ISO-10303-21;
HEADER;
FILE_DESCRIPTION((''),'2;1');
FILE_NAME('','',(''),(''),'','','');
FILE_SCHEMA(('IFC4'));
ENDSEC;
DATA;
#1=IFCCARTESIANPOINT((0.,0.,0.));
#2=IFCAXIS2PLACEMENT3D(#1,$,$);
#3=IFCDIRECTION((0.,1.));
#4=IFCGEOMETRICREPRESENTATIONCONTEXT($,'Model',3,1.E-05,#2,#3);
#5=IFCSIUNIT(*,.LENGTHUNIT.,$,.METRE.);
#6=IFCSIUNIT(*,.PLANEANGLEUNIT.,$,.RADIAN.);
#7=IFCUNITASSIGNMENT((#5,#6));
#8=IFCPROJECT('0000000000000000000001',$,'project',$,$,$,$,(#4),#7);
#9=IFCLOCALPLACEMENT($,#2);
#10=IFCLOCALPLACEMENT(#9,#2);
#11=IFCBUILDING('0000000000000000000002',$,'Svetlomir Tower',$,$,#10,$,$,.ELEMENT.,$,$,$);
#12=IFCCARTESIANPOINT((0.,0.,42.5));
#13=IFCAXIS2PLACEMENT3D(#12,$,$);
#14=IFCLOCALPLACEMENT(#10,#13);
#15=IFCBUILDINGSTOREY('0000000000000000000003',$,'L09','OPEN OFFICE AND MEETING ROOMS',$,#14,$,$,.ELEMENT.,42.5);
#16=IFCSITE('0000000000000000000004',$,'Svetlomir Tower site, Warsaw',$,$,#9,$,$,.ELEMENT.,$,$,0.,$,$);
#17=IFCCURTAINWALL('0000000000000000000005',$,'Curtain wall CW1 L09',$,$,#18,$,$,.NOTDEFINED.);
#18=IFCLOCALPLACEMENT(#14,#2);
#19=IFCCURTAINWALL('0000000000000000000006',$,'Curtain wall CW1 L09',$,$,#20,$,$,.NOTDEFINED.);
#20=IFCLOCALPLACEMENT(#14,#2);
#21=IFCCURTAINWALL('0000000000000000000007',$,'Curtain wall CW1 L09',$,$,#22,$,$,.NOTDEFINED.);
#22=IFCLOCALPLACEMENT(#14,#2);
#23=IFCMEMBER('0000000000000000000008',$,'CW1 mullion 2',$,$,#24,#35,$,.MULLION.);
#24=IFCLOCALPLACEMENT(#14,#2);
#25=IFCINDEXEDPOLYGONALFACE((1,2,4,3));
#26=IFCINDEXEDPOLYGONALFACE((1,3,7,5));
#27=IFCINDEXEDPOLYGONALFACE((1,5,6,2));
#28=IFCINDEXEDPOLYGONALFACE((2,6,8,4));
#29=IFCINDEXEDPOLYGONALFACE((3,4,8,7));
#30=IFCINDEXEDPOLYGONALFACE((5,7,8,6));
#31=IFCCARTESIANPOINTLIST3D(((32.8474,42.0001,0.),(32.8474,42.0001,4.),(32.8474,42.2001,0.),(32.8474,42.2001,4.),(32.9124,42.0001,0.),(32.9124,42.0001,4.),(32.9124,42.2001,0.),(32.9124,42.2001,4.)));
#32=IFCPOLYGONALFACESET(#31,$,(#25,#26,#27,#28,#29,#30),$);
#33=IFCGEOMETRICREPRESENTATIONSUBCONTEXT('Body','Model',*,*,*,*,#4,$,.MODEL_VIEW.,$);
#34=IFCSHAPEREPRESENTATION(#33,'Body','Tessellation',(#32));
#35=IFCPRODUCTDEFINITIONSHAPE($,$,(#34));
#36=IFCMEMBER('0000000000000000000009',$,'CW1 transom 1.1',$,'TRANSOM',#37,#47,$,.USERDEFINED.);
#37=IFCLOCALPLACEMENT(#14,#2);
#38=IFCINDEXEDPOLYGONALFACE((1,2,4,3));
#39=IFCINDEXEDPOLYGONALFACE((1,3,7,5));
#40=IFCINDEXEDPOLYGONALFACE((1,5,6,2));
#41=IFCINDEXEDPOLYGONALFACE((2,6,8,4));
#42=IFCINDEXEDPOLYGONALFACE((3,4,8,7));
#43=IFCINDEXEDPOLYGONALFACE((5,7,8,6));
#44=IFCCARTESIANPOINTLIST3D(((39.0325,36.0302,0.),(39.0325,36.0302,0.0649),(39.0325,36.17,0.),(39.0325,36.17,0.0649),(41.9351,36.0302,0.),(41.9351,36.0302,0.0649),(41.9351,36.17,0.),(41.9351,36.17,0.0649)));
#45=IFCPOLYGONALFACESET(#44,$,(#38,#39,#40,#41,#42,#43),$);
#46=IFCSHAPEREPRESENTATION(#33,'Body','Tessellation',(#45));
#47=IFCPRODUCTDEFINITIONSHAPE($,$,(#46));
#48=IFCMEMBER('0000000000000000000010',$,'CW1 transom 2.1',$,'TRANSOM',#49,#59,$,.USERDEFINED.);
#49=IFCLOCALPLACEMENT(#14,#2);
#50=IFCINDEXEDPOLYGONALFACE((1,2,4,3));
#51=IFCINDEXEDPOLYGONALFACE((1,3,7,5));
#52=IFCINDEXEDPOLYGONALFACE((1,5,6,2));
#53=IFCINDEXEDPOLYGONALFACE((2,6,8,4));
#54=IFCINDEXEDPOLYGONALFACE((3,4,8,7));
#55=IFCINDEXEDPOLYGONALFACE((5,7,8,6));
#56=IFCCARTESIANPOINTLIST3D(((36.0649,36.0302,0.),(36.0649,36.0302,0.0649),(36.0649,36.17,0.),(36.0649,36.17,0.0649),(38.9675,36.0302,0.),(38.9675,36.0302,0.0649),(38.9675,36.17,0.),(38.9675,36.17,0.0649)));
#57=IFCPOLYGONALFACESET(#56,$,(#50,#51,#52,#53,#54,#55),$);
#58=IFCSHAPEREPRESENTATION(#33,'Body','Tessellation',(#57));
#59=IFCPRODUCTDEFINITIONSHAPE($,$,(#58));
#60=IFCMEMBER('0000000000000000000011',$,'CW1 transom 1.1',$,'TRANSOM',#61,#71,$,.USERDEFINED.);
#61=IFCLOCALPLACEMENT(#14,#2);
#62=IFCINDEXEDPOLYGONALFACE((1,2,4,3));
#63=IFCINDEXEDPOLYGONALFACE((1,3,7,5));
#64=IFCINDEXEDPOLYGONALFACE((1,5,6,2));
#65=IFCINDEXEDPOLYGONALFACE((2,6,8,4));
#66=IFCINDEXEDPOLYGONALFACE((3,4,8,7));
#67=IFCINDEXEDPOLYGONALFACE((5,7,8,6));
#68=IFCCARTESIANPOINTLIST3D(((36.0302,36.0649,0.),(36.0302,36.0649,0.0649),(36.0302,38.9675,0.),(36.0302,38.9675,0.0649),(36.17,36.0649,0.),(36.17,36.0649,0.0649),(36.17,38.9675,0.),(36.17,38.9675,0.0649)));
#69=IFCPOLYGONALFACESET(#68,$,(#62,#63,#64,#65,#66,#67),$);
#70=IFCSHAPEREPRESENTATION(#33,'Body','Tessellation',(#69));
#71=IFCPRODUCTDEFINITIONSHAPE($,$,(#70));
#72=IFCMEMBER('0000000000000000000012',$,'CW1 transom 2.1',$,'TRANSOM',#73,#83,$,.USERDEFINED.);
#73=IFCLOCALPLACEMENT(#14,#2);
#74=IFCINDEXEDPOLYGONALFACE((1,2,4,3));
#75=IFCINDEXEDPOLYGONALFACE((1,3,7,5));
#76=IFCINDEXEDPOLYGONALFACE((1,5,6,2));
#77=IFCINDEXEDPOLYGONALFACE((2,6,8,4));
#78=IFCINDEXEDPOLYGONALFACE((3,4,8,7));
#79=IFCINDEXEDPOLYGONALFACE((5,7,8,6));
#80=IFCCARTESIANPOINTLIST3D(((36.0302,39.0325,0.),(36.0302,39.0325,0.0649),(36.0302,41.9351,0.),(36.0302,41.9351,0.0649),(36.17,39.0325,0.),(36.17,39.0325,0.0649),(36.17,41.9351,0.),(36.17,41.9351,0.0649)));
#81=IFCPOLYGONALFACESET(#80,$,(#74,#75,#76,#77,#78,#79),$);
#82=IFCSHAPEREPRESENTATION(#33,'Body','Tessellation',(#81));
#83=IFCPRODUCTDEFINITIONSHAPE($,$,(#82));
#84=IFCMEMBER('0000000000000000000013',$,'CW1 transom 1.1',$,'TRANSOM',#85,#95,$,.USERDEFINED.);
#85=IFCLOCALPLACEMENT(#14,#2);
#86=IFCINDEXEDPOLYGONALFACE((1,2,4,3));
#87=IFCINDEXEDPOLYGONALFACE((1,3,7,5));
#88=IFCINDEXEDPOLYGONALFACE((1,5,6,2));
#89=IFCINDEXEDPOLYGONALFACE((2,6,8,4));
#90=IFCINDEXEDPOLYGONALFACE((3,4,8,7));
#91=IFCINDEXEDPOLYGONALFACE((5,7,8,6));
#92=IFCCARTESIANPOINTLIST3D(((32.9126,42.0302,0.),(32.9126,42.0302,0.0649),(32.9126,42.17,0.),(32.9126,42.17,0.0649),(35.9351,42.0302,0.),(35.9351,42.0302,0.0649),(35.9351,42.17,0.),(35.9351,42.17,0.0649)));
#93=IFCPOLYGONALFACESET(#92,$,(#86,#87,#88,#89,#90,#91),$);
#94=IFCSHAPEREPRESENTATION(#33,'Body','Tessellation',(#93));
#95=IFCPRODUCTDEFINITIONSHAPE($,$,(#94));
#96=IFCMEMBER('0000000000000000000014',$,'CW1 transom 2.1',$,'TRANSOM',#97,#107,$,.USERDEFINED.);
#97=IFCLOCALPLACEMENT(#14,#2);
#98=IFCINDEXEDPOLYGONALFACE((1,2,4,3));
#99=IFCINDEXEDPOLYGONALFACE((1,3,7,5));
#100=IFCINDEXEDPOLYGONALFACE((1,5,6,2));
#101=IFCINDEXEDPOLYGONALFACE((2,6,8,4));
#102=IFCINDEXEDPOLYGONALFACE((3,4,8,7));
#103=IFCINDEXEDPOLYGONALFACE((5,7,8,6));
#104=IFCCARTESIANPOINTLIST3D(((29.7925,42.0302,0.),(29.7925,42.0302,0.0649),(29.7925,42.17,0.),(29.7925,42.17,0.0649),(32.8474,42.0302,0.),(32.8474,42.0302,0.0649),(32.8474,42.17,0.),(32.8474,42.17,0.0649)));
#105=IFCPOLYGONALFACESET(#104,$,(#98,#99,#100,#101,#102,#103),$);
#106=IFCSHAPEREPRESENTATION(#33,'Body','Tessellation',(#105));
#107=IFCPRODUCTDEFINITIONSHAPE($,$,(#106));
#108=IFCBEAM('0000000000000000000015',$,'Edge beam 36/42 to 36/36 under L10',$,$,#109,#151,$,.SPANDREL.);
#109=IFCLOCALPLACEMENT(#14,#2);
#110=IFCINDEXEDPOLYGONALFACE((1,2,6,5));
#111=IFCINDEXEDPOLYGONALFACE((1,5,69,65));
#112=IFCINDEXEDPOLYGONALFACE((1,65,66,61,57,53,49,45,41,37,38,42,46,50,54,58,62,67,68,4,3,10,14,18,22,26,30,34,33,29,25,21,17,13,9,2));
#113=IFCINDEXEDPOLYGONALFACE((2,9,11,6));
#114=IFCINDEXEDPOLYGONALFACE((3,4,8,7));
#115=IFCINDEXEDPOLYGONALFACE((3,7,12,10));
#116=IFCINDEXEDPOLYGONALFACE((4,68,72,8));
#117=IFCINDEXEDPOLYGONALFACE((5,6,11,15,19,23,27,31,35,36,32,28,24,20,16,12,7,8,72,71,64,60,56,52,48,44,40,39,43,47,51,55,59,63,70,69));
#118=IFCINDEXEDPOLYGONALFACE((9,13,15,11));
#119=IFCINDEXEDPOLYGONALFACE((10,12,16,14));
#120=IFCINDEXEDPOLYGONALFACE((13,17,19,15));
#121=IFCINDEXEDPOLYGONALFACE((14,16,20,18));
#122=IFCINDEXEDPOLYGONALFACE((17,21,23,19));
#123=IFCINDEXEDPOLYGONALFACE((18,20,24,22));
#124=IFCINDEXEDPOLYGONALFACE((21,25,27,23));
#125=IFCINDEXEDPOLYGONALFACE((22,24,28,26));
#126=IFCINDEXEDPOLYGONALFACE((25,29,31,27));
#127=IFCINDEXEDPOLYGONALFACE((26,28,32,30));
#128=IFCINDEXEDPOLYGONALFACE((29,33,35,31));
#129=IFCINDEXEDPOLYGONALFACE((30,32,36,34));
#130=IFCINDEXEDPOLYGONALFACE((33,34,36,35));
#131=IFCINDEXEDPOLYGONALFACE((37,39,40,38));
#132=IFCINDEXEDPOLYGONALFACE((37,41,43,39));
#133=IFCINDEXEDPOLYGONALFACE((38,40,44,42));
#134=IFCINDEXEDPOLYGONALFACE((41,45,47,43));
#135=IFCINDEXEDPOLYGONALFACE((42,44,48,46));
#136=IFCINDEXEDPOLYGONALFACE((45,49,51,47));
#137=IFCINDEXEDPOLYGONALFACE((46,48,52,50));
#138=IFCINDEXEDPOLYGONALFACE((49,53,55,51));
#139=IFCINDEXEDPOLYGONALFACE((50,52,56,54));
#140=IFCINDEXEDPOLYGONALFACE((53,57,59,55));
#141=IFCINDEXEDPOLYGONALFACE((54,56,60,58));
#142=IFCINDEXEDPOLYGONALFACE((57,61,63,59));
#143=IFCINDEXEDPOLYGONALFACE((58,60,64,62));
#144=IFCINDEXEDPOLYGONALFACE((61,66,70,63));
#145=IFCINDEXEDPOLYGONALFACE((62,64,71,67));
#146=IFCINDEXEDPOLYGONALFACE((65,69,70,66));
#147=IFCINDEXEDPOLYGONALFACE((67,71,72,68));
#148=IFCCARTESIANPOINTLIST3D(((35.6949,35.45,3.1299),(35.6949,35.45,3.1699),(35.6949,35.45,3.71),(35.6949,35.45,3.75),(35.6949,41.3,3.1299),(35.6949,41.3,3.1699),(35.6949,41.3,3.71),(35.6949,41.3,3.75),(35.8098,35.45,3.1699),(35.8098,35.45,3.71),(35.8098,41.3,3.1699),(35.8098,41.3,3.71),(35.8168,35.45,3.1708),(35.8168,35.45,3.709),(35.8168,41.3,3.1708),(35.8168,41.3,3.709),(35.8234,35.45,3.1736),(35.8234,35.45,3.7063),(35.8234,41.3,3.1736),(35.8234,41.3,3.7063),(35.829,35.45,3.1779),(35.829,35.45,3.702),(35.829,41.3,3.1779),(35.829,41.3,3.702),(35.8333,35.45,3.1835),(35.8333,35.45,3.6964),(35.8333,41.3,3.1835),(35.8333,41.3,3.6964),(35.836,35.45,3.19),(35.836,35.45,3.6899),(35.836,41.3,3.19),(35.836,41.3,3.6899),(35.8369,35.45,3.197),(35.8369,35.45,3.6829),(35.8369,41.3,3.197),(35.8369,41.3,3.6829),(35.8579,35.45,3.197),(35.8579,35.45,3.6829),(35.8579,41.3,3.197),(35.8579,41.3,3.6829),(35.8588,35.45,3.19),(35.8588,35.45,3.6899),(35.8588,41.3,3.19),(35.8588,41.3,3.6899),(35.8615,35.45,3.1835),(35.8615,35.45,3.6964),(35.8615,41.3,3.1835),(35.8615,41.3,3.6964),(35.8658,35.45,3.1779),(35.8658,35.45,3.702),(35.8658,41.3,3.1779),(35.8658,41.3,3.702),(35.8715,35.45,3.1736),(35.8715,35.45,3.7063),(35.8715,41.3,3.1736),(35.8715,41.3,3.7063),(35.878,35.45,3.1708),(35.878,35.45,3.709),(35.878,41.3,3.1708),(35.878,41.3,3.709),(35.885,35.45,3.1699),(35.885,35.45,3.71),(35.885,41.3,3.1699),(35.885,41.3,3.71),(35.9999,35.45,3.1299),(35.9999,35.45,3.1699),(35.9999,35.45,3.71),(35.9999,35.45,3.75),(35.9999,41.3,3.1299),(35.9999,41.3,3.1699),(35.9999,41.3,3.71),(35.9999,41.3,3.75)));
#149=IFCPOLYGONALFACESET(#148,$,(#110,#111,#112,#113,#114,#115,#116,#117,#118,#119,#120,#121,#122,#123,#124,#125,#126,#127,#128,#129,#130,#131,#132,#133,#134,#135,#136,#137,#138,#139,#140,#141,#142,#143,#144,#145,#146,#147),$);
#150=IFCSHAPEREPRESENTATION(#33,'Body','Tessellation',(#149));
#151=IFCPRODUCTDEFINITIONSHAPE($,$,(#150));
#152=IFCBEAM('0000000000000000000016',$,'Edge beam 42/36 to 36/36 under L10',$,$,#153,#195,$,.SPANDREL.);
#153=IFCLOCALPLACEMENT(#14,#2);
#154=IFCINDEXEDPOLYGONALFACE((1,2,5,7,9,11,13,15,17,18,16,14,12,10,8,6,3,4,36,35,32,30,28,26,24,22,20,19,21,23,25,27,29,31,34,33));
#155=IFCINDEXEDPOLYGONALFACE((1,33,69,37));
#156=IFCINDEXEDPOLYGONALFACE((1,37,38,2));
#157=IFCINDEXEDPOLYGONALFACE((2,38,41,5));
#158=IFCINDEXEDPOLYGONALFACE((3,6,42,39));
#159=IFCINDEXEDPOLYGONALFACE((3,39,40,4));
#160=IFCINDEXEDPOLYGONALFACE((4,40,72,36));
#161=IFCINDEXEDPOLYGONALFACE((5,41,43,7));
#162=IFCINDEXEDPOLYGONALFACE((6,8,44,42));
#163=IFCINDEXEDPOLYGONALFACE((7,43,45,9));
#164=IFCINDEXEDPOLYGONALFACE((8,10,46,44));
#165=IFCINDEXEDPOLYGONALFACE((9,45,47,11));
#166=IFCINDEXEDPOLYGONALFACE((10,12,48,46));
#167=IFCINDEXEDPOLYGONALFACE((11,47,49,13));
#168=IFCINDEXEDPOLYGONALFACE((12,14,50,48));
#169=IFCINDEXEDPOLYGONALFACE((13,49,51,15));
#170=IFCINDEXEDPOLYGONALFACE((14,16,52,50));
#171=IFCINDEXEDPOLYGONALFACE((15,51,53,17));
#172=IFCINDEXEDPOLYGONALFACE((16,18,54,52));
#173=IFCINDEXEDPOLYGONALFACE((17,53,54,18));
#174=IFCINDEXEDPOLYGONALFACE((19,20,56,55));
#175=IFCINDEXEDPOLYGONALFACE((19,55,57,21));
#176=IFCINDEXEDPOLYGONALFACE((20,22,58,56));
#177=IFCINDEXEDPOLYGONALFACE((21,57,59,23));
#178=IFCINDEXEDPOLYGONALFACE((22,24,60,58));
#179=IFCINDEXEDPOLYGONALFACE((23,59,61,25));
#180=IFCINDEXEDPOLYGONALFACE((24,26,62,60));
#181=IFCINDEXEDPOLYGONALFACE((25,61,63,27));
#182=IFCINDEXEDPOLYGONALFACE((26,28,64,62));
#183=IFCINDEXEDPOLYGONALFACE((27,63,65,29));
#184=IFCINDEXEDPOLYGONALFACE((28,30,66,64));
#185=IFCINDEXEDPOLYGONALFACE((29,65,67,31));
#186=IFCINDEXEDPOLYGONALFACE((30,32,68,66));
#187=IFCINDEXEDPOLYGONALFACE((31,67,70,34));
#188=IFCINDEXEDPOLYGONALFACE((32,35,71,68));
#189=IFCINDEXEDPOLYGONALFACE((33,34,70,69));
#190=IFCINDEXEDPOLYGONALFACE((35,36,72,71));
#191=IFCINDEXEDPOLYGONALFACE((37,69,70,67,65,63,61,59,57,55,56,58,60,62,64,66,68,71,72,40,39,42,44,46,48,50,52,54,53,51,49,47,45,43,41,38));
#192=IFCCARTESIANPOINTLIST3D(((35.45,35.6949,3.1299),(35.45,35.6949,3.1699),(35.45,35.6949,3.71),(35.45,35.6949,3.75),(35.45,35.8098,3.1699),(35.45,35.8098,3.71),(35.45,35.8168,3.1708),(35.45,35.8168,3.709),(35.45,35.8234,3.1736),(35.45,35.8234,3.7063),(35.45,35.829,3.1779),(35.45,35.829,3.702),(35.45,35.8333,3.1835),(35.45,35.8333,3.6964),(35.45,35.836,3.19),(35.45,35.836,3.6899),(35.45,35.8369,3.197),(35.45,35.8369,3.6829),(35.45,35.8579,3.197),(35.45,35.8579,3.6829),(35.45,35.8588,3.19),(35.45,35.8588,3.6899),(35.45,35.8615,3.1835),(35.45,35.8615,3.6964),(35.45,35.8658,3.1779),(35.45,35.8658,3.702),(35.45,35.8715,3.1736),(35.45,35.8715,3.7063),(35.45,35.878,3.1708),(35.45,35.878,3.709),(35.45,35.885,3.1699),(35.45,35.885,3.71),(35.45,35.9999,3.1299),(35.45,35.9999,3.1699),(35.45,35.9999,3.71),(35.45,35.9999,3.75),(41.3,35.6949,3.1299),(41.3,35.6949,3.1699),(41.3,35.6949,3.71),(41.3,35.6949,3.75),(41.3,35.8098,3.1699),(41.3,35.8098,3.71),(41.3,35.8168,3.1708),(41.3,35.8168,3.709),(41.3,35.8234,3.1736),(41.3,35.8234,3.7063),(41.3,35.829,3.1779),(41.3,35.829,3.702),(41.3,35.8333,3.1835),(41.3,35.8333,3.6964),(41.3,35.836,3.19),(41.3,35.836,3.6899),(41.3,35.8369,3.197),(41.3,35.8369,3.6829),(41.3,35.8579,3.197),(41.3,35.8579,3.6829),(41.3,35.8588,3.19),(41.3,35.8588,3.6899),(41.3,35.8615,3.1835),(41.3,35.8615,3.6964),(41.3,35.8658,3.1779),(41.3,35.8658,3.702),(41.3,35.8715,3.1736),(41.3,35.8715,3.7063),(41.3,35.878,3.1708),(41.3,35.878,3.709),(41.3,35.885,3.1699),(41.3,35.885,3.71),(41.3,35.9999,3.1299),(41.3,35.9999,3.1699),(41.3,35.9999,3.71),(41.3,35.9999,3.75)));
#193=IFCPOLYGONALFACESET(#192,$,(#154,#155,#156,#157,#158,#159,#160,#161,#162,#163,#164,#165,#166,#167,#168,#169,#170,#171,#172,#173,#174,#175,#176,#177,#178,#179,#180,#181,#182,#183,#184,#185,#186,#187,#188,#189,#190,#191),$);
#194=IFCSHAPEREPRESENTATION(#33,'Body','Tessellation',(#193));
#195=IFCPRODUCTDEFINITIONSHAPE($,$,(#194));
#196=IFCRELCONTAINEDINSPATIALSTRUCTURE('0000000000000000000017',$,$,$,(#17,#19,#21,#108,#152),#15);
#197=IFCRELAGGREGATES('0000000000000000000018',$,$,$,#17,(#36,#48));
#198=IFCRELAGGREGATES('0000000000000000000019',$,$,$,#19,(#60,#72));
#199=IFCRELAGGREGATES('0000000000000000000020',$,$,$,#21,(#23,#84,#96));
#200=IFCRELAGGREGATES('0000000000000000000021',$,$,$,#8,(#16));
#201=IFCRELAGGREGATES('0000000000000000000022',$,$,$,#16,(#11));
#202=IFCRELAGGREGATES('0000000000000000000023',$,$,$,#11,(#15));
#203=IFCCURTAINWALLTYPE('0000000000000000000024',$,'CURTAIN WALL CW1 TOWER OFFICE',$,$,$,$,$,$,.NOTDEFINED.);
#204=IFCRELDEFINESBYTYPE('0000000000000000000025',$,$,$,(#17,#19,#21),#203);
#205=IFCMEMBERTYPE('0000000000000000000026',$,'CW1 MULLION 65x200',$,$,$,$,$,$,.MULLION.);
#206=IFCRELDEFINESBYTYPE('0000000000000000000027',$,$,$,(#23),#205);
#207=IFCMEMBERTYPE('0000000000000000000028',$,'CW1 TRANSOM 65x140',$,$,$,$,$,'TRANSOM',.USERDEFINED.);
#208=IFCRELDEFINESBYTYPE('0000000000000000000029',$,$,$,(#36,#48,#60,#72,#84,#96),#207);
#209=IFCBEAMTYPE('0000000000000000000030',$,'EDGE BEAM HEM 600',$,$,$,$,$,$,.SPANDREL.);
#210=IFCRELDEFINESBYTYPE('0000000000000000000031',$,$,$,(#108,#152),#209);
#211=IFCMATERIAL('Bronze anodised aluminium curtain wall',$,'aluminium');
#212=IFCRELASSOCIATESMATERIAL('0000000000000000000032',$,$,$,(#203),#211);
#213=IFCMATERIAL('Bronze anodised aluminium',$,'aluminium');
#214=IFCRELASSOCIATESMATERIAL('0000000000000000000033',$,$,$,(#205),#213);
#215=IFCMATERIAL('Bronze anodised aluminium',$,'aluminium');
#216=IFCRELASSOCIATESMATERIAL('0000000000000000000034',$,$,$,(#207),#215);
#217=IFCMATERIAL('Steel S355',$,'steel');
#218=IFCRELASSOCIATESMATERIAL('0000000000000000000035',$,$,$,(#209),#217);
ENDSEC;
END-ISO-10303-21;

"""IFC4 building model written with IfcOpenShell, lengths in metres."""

from ifc_helpers import new_model, si_unit, direction, frame, origin, origin_2d, place, context, subcontext, project, spatial, rectangle, i_section, extrude, material, material_profile, profile_set, type_object, element, aggregate, save


model = new_model("IFC4")

# Units and contexts
model_context = context("Model", 3, precision=1e-05, world=origin(), true_north=direction((0.0, 1.0)))
body_context = subcontext(model_context, "Body", "Model", "MODEL_VIEW")
ifc_project = project(units=[si_unit("LENGTHUNIT", "METRE"), si_unit("PLANEANGLEUNIT", "RADIAN")], contexts=[model_context])

# Site, building, storey
site_placement = place(None, origin())
site = spatial("IfcSite", under=ifc_project, at=site_placement, Name="Svetlomir Tower site, Warsaw", CompositionType="ELEMENT", RefElevation=0.0)
building_placement = place(site_placement, origin())
building = spatial("IfcBuilding", under=site, at=building_placement, Name="Svetlomir Tower", CompositionType="ELEMENT")
storey_placement = place(building_placement, frame((0.0, 0.0, 42.5)))
storey = spatial("IfcBuildingStorey", under=building, at=storey_placement, Name="L09", Description="OPEN OFFICE AND MEETING ROOMS", CompositionType="ELEMENT", Elevation=42.5)

# Curtain walls
ifc_material_1 = material(Name="Bronze anodised aluminium curtain wall", Category="aluminium")
curtain_wall_type = type_object("IfcCurtainWallType", Name="CURTAIN WALL CW1 TOWER OFFICE", PredefinedType="NOTDEFINED", material=ifc_material_1)
curtain_wall_1_placement = place(storey_placement, origin())
curtain_wall_1 = element("IfcCurtainWall", 1, at=curtain_wall_1_placement, inside=storey, type_object=curtain_wall_type, Name="Curtain wall CW1 L09", PredefinedType="NOTDEFINED")
curtain_wall_2_placement = place(storey_placement, origin())
curtain_wall_2 = element("IfcCurtainWall", 2, at=curtain_wall_2_placement, inside=storey, type_object=curtain_wall_type, Name="Curtain wall CW1 L09", PredefinedType="NOTDEFINED")
curtain_wall_3_placement = place(storey_placement, origin())
curtain_wall_3 = element("IfcCurtainWall", 3, at=curtain_wall_3_placement, inside=storey, type_object=curtain_wall_type, Name="Curtain wall CW1 L09", PredefinedType="NOTDEFINED")
ifc_material_2 = material(Name="Bronze anodised aluminium", Category="aluminium")
ifc_material_profile_1 = material_profile(ifc_material_2, rectangle(XDim=0.0649, YDim=0.2, at=origin_2d()), Name="AL 65x200")
ifc_profile_set_1 = profile_set([ifc_material_profile_1], Name="Bronze anodised aluminium 6063-T6")
member_type_1 = type_object("IfcMemberType", Name="CW1 MULLION 65x200", PredefinedType="MULLION", material=ifc_profile_set_1)

# Members
member_1_placement = place(storey_placement, frame((32.8799, 42.1001, 0.0), z_axis=(0.0, 0.0, 1.0), x_axis=(-1.0, 0.0, 0.0)))
member_1 = element("IfcMember", 4, at=member_1_placement, type_object=member_type_1, Name="CW1 mullion 2", PredefinedType="MULLION", context=body_context, shape_type="SweptSolid", body=[
    extrude(rectangle(XDim=0.0649, YDim=0.2, at=origin_2d()), origin(), (0.0, 0.0, 1.0), 4.0),
])
ifc_material_3 = material(Name="Bronze anodised aluminium", Category="aluminium")
ifc_material_profile_2 = material_profile(ifc_material_3, rectangle(XDim=0.1399, YDim=0.0649, at=origin_2d()), Name="AL 140x65")
ifc_profile_set_2 = profile_set([ifc_material_profile_2], Name="Bronze anodised aluminium 6063-T6")
member_type_2 = type_object("IfcMemberType", Name="CW1 TRANSOM 65x140", ElementType="TRANSOM", PredefinedType="USERDEFINED", material=ifc_profile_set_2)
member_2_placement = place(storey_placement, frame((41.9351, 36.1001, 0.0325), z_axis=(-1.0, 0.0, 0.0), x_axis=(0.0, -1.0, 0.0)))
member_2 = element("IfcMember", 5, at=member_2_placement, type_object=member_type_2, Name="CW1 transom 1.1", ObjectType="TRANSOM", PredefinedType="USERDEFINED", context=body_context, shape_type="SweptSolid", body=[
    extrude(rectangle(XDim=0.1399, YDim=0.0649, at=origin_2d()), origin(), (0.0, 0.0, 1.0), 2.9026),
])
member_3_placement = place(storey_placement, frame((38.9675, 36.1001, 0.0325), z_axis=(-1.0, 0.0, 0.0), x_axis=(0.0, -1.0, 0.0)))
member_3 = element("IfcMember", 6, at=member_3_placement, type_object=member_type_2, Name="CW1 transom 2.1", ObjectType="TRANSOM", PredefinedType="USERDEFINED", context=body_context, shape_type="SweptSolid", body=[
    extrude(rectangle(XDim=0.1399, YDim=0.0649, at=origin_2d()), origin(), (0.0, 0.0, 1.0), 2.9026),
])
member_4_placement = place(storey_placement, frame((36.1001, 36.0649, 0.0325), z_axis=(0.0, 1.0, 0.0), x_axis=(-1.0, 0.0, 0.0)))
member_4 = element("IfcMember", 7, at=member_4_placement, type_object=member_type_2, Name="CW1 transom 1.1", ObjectType="TRANSOM", PredefinedType="USERDEFINED", context=body_context, shape_type="SweptSolid", body=[
    extrude(rectangle(XDim=0.1399, YDim=0.0649, at=origin_2d()), origin(), (0.0, 0.0, 1.0), 2.9026),
])
member_5_placement = place(storey_placement, frame((36.1001, 39.0325, 0.0325), z_axis=(0.0, 1.0, 0.0), x_axis=(-1.0, 0.0, 0.0)))
member_5 = element("IfcMember", 8, at=member_5_placement, type_object=member_type_2, Name="CW1 transom 2.1", ObjectType="TRANSOM", PredefinedType="USERDEFINED", context=body_context, shape_type="SweptSolid", body=[
    extrude(rectangle(XDim=0.1399, YDim=0.0649, at=origin_2d()), origin(), (0.0, 0.0, 1.0), 2.9026),
])
member_6_placement = place(storey_placement, frame((35.9351, 42.1001, 0.0325), z_axis=(-1.0, 0.0, 0.0), x_axis=(0.0, -1.0, 0.0)))
member_6 = element("IfcMember", 9, at=member_6_placement, type_object=member_type_2, Name="CW1 transom 1.1", ObjectType="TRANSOM", PredefinedType="USERDEFINED", context=body_context, shape_type="SweptSolid", body=[
    extrude(rectangle(XDim=0.1399, YDim=0.0649, at=origin_2d()), origin(), (0.0, 0.0, 1.0), 3.0225),
])
member_7_placement = place(storey_placement, frame((32.8474, 42.1001, 0.0325), z_axis=(-1.0, 0.0, 0.0), x_axis=(0.0, -1.0, 0.0)))
member_7 = element("IfcMember", 10, at=member_7_placement, type_object=member_type_2, Name="CW1 transom 2.1", ObjectType="TRANSOM", PredefinedType="USERDEFINED", context=body_context, shape_type="SweptSolid", body=[
    extrude(rectangle(XDim=0.1399, YDim=0.0649, at=origin_2d()), origin(), (0.0, 0.0, 1.0), 3.0549),
])

# Beams
ifc_material_4 = material(Name="Steel S355", Category="steel")
ifc_material_profile_3 = material_profile(ifc_material_4, i_section(OverallWidth=0.3049, OverallDepth=0.6201, WebThickness=0.021, FlangeThickness=0.04, FilletRadius=0.0271, at=origin_2d()), Name="HEM 600")
ifc_profile_set_3 = profile_set([ifc_material_profile_3], Name="Steel S355")
beam_type = type_object("IfcBeamType", Name="EDGE BEAM HEM 600", PredefinedType="SPANDREL", material=ifc_profile_set_3)
for number, where, z_axis, x_axis, name in (
    (11, (35.8474, 41.3, 3.4399), (0.0, -1.0, 0.0), (1.0, 0.0, 0.0), "Edge beam 36/42 to 36/36 under L10"),
    (12, (41.3, 35.8474, 3.4399), (-1.0, 0.0, 0.0), (0.0, -1.0, 0.0), "Edge beam 42/36 to 36/36 under L10"),
):
    element("IfcBeam", number, at=place(storey_placement, frame(where, z_axis=z_axis, x_axis=x_axis)), inside=storey, type_object=beam_type, Name=name, PredefinedType="SPANDREL", context=body_context, shape_type="SweptSolid", body=[
        extrude(i_section(OverallWidth=0.3049, OverallDepth=0.6201, WebThickness=0.021, FlangeThickness=0.04, FilletRadius=0.0271, at=origin_2d()), origin(), (0.0, 0.0, 1.0), 5.8501),
    ])

aggregate(curtain_wall_1, [member_2, member_3])
aggregate(curtain_wall_2, [member_4, member_5])
aggregate(curtain_wall_3, [member_1, member_6, member_7])

save(model, "model.ifc")
